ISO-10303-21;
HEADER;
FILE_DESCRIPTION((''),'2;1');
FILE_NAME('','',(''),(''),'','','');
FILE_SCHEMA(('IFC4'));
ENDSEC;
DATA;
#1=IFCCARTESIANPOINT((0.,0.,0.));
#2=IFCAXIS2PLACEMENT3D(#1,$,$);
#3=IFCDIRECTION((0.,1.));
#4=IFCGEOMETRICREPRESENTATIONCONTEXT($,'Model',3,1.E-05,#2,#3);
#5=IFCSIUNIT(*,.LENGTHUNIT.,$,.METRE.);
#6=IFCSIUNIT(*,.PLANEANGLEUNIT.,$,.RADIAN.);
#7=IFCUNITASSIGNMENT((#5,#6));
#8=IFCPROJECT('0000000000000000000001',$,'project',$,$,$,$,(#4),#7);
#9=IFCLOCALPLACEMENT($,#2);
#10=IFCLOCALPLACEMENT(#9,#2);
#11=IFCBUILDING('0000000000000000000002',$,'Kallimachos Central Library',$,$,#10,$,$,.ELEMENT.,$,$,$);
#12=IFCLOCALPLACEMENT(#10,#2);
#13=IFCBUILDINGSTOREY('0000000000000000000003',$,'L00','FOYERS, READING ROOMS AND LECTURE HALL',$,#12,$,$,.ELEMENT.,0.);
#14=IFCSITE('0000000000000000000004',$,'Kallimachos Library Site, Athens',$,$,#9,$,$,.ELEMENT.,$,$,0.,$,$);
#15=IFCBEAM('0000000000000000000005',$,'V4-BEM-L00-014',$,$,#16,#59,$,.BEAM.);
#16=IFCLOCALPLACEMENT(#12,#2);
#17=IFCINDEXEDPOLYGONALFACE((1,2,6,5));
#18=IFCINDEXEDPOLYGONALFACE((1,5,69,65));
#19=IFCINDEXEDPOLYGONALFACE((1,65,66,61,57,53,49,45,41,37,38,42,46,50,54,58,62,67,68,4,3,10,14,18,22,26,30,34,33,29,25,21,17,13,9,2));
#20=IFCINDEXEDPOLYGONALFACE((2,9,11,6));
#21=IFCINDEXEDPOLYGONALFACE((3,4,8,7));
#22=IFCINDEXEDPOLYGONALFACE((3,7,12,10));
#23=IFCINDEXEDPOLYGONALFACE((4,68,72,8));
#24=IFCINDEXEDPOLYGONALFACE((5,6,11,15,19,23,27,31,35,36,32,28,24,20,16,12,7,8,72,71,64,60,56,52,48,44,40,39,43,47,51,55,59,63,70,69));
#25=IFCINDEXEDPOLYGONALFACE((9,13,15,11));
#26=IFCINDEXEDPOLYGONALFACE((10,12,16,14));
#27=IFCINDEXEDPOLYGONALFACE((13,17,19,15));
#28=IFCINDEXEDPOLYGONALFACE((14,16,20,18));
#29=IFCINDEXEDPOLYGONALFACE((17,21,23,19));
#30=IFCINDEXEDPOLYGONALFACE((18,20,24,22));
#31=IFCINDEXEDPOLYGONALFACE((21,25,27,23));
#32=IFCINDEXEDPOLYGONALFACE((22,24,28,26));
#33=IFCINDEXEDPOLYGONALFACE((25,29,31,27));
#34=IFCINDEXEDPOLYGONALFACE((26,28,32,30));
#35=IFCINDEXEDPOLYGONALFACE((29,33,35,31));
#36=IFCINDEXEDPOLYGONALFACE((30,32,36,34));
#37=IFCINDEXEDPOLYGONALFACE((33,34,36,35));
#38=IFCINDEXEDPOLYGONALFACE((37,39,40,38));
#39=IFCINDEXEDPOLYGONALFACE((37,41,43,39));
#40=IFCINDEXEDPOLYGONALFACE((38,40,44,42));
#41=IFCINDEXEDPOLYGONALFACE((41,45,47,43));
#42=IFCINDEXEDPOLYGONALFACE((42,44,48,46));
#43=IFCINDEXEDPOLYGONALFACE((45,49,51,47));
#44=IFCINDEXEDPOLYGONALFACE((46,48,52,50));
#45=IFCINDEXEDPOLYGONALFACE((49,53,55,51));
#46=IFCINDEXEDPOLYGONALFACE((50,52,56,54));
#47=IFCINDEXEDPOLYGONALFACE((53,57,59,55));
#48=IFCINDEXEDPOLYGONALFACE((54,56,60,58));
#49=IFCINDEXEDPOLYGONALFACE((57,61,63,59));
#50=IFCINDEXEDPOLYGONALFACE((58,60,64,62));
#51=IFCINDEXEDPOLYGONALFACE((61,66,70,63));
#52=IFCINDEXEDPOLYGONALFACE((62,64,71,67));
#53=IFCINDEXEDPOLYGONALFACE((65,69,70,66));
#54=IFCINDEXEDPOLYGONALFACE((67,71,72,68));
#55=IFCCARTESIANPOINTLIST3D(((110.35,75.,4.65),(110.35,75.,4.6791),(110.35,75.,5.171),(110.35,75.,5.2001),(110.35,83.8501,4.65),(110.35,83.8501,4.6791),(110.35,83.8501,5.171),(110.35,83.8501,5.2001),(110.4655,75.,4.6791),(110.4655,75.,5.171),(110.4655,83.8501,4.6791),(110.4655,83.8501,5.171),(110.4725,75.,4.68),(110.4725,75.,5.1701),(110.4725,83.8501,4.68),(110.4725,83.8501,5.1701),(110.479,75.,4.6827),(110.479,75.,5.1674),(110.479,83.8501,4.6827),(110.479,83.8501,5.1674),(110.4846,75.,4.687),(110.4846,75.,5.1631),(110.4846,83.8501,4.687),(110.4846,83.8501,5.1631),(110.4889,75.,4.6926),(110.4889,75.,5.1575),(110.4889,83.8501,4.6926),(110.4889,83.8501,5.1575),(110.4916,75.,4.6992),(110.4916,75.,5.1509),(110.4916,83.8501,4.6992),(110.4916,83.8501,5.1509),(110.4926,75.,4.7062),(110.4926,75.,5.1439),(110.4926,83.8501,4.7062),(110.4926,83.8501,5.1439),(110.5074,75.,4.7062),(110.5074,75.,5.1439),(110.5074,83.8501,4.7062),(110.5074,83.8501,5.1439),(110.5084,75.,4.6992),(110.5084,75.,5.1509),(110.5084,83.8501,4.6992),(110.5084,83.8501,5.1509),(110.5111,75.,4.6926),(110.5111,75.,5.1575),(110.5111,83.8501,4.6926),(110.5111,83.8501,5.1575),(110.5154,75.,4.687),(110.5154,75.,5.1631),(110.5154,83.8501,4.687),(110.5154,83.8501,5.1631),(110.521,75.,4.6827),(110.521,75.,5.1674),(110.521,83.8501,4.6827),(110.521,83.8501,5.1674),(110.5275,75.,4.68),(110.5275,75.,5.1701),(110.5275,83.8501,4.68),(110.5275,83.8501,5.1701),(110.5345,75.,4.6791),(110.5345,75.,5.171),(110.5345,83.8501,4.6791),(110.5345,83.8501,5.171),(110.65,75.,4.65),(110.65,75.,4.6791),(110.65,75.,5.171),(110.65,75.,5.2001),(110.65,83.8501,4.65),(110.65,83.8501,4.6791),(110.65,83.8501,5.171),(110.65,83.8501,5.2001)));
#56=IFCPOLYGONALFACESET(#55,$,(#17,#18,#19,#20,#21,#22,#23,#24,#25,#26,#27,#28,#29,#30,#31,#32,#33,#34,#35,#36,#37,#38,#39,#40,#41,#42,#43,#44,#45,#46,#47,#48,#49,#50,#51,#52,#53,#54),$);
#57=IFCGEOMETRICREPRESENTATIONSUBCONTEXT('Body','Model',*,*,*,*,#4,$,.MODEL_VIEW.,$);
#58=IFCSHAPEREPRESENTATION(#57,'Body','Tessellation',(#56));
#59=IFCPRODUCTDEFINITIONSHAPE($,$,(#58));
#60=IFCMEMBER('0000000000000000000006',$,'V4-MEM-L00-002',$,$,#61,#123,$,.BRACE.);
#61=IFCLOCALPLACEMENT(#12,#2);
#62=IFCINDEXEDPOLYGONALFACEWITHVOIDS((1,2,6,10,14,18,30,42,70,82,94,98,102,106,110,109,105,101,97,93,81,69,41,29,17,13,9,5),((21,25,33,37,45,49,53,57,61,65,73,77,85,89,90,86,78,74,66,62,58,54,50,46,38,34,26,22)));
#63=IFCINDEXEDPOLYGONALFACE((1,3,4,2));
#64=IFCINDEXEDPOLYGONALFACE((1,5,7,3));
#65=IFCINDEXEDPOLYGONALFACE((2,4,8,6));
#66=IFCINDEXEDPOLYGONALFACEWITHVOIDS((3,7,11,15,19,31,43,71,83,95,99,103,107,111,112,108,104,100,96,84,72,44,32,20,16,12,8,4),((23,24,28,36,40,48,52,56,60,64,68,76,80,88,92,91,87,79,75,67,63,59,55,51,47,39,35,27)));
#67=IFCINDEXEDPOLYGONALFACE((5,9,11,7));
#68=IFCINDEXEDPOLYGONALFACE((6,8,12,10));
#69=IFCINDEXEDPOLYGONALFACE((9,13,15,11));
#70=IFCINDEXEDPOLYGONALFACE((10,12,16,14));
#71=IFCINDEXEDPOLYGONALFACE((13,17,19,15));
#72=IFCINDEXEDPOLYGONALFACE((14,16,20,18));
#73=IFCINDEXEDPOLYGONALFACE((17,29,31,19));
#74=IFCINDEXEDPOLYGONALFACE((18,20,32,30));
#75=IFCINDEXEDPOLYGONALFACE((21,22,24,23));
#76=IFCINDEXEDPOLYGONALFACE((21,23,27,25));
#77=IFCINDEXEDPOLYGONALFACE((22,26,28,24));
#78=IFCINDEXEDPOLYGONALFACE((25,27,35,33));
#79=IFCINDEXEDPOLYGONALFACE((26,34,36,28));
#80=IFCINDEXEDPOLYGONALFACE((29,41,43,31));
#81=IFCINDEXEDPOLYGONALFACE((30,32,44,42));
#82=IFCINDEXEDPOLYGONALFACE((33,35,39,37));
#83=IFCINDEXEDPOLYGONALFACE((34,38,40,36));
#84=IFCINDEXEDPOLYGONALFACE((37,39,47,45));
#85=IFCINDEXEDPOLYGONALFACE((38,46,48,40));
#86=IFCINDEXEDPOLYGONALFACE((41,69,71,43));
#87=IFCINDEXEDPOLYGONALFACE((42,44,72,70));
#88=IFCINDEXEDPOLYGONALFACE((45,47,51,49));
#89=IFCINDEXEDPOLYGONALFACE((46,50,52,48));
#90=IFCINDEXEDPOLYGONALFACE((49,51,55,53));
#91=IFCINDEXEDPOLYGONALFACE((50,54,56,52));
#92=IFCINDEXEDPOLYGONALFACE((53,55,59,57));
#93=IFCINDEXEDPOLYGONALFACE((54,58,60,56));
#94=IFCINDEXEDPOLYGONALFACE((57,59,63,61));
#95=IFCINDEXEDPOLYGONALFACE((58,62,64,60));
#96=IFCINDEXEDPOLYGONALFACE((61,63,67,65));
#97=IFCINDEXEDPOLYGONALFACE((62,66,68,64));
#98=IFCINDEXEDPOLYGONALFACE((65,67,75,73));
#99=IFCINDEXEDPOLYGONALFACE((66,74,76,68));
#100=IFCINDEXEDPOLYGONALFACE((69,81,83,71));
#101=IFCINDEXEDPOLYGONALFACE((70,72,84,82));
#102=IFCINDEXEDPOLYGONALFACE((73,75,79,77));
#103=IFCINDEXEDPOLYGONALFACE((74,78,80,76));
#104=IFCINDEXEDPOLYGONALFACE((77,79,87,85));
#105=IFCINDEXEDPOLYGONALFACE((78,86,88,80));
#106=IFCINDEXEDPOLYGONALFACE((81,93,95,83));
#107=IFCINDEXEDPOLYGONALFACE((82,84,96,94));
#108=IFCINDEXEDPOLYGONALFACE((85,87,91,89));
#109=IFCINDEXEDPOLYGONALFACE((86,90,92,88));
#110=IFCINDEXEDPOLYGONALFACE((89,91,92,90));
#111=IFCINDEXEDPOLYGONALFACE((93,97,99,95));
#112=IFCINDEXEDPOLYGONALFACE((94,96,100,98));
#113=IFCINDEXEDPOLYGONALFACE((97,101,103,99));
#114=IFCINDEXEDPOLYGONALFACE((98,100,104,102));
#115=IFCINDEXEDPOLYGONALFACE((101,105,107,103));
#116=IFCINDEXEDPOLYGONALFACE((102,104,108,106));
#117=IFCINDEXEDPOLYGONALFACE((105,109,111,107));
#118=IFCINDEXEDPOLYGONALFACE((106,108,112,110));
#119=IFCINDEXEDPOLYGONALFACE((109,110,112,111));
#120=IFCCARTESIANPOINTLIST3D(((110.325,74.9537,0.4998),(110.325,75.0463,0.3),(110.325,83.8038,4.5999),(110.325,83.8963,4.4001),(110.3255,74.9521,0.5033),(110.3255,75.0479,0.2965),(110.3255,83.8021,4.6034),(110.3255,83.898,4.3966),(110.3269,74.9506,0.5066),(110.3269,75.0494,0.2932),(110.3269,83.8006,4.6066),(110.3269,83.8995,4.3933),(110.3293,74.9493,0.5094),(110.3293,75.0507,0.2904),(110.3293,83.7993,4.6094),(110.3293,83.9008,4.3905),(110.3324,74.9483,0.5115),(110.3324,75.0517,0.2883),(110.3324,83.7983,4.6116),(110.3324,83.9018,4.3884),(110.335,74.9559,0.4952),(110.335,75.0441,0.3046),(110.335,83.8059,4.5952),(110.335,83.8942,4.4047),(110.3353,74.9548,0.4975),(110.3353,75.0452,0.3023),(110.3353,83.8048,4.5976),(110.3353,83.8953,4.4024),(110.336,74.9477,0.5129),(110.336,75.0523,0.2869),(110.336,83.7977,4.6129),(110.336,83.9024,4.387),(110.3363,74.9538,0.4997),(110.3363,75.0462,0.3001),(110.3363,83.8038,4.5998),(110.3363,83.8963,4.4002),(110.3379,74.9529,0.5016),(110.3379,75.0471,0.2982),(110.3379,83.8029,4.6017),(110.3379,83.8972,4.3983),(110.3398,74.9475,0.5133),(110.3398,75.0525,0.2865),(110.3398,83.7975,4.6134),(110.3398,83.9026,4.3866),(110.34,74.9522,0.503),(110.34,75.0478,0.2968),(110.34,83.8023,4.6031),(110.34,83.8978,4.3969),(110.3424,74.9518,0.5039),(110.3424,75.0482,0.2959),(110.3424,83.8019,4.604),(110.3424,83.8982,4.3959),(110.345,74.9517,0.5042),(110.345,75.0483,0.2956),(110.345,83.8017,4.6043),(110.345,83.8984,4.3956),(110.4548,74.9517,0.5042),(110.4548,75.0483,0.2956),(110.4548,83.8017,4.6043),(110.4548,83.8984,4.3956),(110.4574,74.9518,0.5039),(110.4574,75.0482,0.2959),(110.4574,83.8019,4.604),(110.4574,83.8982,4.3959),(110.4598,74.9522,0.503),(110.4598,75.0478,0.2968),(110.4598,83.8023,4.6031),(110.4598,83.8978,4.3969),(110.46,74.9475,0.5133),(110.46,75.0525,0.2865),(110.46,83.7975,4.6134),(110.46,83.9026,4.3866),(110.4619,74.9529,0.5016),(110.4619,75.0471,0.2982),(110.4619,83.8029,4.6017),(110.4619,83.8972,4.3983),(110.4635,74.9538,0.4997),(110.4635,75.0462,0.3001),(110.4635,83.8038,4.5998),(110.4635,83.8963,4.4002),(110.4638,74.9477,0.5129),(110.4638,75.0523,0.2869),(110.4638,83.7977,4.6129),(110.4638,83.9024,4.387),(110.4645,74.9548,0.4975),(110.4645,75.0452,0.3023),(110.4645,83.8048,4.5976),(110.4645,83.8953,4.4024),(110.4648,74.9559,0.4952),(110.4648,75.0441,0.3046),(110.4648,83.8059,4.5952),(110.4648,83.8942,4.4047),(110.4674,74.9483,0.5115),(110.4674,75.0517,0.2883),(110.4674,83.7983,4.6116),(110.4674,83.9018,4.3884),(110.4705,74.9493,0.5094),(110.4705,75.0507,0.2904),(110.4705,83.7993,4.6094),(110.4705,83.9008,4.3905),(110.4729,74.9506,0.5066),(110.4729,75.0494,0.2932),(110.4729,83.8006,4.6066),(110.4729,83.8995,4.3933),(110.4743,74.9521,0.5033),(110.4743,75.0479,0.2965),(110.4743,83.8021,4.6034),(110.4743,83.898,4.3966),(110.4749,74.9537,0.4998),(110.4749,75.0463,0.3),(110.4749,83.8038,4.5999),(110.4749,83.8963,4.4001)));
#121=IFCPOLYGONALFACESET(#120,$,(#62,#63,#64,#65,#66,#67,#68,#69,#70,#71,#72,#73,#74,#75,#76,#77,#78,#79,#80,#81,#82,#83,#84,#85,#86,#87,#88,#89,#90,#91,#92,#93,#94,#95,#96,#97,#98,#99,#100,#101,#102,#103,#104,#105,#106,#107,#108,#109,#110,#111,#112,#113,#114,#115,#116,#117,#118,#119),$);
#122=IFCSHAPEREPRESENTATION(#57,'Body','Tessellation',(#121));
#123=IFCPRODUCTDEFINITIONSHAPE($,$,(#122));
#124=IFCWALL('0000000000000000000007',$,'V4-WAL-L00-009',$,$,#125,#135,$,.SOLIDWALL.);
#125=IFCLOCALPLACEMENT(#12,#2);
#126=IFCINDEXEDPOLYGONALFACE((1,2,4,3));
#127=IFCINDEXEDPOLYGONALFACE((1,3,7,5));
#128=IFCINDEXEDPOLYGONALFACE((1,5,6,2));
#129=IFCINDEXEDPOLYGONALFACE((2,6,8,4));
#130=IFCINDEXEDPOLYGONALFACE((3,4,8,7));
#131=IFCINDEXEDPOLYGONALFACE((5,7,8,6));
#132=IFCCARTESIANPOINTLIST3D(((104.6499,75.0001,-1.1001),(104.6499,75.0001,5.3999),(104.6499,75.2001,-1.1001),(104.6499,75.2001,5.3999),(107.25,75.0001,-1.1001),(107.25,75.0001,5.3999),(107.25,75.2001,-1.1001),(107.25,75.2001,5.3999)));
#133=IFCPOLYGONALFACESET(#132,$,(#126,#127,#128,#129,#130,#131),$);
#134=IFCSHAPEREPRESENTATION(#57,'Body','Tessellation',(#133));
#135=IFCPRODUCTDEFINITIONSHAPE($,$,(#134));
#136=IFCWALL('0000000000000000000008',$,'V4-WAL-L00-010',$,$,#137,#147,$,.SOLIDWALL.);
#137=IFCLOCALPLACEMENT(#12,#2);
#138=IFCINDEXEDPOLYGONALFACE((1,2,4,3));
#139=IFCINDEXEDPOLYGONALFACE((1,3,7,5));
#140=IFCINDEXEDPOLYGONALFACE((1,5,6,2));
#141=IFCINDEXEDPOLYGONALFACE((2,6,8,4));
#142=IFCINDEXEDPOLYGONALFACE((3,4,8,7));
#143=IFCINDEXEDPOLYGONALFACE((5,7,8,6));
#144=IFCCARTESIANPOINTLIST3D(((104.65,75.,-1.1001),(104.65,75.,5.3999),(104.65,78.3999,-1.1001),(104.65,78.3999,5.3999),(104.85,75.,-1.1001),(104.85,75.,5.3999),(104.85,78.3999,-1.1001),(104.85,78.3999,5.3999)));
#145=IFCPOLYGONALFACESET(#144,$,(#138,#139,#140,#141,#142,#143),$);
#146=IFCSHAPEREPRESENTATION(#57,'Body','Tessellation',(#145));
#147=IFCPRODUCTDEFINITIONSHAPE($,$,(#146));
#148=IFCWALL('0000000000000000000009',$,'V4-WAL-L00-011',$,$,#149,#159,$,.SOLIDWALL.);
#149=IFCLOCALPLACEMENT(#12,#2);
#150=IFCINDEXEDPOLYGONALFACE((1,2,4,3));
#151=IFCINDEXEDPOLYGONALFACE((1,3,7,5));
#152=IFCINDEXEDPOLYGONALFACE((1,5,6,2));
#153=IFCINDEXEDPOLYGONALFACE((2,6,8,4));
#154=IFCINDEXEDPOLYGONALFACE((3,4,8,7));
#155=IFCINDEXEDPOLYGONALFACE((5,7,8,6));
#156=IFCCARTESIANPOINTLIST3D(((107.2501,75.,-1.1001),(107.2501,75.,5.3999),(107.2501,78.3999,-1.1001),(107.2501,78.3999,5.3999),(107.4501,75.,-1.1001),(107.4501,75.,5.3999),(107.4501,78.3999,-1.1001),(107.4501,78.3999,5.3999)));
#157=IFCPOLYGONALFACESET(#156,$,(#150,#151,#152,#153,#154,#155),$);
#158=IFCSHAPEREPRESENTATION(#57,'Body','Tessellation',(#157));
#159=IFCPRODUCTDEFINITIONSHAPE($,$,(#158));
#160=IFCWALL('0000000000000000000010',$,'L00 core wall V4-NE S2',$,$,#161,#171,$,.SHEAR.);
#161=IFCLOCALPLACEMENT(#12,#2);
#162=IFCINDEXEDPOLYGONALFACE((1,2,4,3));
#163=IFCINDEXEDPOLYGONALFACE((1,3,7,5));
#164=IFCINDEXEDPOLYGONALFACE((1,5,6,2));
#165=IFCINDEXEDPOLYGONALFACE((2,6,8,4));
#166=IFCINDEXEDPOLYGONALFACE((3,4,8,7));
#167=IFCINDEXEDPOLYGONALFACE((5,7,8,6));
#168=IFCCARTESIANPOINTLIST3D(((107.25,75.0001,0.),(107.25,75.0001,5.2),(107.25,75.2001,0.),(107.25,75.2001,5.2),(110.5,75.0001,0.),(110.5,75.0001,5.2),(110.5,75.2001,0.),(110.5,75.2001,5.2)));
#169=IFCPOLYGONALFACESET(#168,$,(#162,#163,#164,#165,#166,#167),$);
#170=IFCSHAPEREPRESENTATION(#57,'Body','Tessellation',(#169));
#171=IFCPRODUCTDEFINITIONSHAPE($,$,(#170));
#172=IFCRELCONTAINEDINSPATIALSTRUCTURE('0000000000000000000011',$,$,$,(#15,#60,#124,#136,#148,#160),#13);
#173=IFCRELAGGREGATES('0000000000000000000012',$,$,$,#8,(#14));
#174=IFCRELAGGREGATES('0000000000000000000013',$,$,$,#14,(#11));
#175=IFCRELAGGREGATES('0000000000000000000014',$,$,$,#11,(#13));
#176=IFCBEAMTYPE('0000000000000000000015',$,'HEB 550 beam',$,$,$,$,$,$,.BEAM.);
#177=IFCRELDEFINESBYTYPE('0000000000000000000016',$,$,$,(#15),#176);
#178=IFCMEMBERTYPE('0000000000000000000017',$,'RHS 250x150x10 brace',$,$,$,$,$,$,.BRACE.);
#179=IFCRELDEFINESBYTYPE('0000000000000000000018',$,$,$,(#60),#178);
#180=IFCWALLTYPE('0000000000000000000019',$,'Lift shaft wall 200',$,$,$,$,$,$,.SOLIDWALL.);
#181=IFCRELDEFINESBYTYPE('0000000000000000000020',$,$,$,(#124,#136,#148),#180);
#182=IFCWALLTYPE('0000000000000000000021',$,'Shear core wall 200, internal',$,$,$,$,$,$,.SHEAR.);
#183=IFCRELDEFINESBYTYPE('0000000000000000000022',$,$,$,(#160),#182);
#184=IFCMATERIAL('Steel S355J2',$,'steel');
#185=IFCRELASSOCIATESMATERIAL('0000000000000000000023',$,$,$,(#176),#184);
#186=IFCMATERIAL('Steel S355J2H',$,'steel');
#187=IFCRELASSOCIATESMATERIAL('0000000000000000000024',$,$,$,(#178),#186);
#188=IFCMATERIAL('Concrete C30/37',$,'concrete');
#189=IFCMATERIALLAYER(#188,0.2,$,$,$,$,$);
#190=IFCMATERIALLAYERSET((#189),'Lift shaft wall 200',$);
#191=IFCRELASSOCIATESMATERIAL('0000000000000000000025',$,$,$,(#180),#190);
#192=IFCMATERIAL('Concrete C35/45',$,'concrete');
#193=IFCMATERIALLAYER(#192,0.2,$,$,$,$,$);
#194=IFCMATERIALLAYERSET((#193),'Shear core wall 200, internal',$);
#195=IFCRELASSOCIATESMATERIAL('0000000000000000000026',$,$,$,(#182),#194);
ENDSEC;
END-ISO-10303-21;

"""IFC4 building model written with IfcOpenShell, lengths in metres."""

from ifc_helpers import new_model, si_unit, direction, frame, frame_2d, origin, origin_2d, place, context, subcontext, project, spatial, rectangle, hollow_rectangle, i_section, extrude, material, layer, layer_set, material_profile, profile_set, type_object, element, save


model = new_model("IFC4")

# Units and contexts
model_context = context("Model", 3, precision=1e-05, world=origin(), true_north=direction((0.0, 1.0)))
body_context = subcontext(model_context, "Body", "Model", "MODEL_VIEW")
ifc_project = project(units=[si_unit("LENGTHUNIT", "METRE"), si_unit("PLANEANGLEUNIT", "RADIAN")], contexts=[model_context])

# Site, building, storey
site_placement = place(None, origin())
site = spatial("IfcSite", under=ifc_project, at=site_placement, Name="Kallimachos Library Site, Athens", CompositionType="ELEMENT", RefElevation=0.0)
building_placement = place(site_placement, origin())
building = spatial("IfcBuilding", under=site, at=building_placement, Name="Kallimachos Central Library", CompositionType="ELEMENT")
storey_placement = place(building_placement, origin())
storey = spatial("IfcBuildingStorey", under=building, at=storey_placement, Name="L00", Description="FOYERS, READING ROOMS AND LECTURE HALL", CompositionType="ELEMENT", Elevation=0.0)

# Beam
ifc_material_1 = material(Name="Steel S355J2", Category="steel")
ifc_material_profile_1 = material_profile(ifc_material_1, i_section(OverallWidth=0.3, OverallDepth=0.55, WebThickness=0.0149, FlangeThickness=0.0291, FilletRadius=0.0271, at=origin_2d()), Name="HEB 550")
ifc_profile_set_1 = profile_set([ifc_material_profile_1], Name="Steel S355J2")
beam_type = type_object("IfcBeamType", Name="HEB 550 beam", PredefinedType="BEAM", material=ifc_profile_set_1)
beam_placement = place(storey_placement, frame((110.5, 75.0, 4.925), z_axis=(0.0, 1.0, 0.0), x_axis=(-1.0, 0.0, 0.0)))
element("IfcBeam", 1, at=beam_placement, inside=storey, type_object=beam_type, Name="V4-BEM-L00-014", PredefinedType="BEAM", context=body_context, shape_type="SweptSolid", body=[
    extrude(i_section(OverallWidth=0.3, OverallDepth=0.55, WebThickness=0.0149, FlangeThickness=0.0291, FilletRadius=0.0271, at=origin_2d()), origin(), (0.0, 0.0, 1.0), 8.8501),
])

# Member
ifc_material_2 = material(Name="Steel S355J2H", Category="steel")
ifc_material_profile_2 = material_profile(ifc_material_2, hollow_rectangle(XDim=0.1499, YDim=0.25, WallThickness=0.01, InnerFilletRadius=0.01, OuterFilletRadius=0.0149, at=origin_2d()), Name="RHS 250x150x10")
ifc_profile_set_2 = profile_set([ifc_material_profile_2], Name="Steel S355J2H")
member_type = type_object("IfcMemberType", Name="RHS 250x150x10 brace", PredefinedType="BRACE", material=ifc_profile_set_2)
member_placement = place(storey_placement, frame((110.3999, 75.0, 0.3999), z_axis=(0.0, 0.907356, 0.420363), x_axis=(-1.0, 0.0, 0.0)))
element("IfcMember", 2, at=member_placement, inside=storey, type_object=member_type, Name="V4-MEM-L00-002", PredefinedType="BRACE", context=body_context, shape_type="SweptSolid", body=[
    extrude(hollow_rectangle(XDim=0.1499, YDim=0.25, WallThickness=0.01, InnerFilletRadius=0.01, OuterFilletRadius=0.0149, at=origin_2d()), origin(), (0.0, 0.0, 1.0), 9.7537),
])

# Walls
ifc_material_3 = material(Name="Concrete C30/37", Category="concrete")
ifc_layer_1 = layer(ifc_material_3, 0.2)
ifc_layer_set_1 = layer_set([ifc_layer_1], Name="Lift shaft wall 200")
wall_type_1 = type_object("IfcWallType", Name="Lift shaft wall 200", PredefinedType="SOLIDWALL", material=ifc_layer_set_1)
wall_1_placement = place(storey_placement, frame((104.6499, 75.1001, -1.1001), z_axis=(0.0, 0.0, 1.0), x_axis=(1.0, 0.0, 0.0)))
element("IfcWall", 3, at=wall_1_placement, inside=storey, type_object=wall_type_1, Name="V4-WAL-L00-009", PredefinedType="SOLIDWALL", context=body_context, shape_type="SweptSolid", body=[
    extrude(rectangle(XDim=2.6001, YDim=0.2, at=frame_2d((1.3, 0.0))), origin(), (0.0, 0.0, 1.0), 6.5),
])
for number, where, z_axis, x_axis, name in (
    (4, (104.75, 75.0, -1.1001), (0.0, 0.0, 1.0), (0.0, 1.0, 0.0), "V4-WAL-L00-010"),
    (5, (107.3501, 75.0, -1.1001), (0.0, 0.0, 1.0), (0.0, 1.0, 0.0), "V4-WAL-L00-011"),
):
    element("IfcWall", number, at=place(storey_placement, frame(where, z_axis=z_axis, x_axis=x_axis)), inside=storey, type_object=wall_type_1, Name=name, PredefinedType="SOLIDWALL", context=body_context, shape_type="SweptSolid", body=[
        extrude(rectangle(XDim=3.3999, YDim=0.2, at=frame_2d((1.7, 0.0))), origin(), (0.0, 0.0, 1.0), 6.5),
    ])
ifc_material_4 = material(Name="Concrete C35/45", Category="concrete")
ifc_layer_2 = layer(ifc_material_4, 0.2)
ifc_layer_set_2 = layer_set([ifc_layer_2], Name="Shear core wall 200, internal")
wall_type_2 = type_object("IfcWallType", Name="Shear core wall 200, internal", PredefinedType="SHEAR", material=ifc_layer_set_2)
wall_2_placement = place(storey_placement, frame((107.25, 75.1001, 0.0), z_axis=(0.0, 0.0, 1.0), x_axis=(1.0, 0.0, 0.0)))
element("IfcWall", 6, at=wall_2_placement, inside=storey, type_object=wall_type_2, Name="L00 core wall V4-NE S2", PredefinedType="SHEAR", context=body_context, shape_type="SweptSolid", body=[
    extrude(rectangle(XDim=3.25, YDim=0.2, at=frame_2d((1.625, 0.0))), origin(), (0.0, 0.0, 1.0), 5.2),
])

save(model, "model.ifc")
